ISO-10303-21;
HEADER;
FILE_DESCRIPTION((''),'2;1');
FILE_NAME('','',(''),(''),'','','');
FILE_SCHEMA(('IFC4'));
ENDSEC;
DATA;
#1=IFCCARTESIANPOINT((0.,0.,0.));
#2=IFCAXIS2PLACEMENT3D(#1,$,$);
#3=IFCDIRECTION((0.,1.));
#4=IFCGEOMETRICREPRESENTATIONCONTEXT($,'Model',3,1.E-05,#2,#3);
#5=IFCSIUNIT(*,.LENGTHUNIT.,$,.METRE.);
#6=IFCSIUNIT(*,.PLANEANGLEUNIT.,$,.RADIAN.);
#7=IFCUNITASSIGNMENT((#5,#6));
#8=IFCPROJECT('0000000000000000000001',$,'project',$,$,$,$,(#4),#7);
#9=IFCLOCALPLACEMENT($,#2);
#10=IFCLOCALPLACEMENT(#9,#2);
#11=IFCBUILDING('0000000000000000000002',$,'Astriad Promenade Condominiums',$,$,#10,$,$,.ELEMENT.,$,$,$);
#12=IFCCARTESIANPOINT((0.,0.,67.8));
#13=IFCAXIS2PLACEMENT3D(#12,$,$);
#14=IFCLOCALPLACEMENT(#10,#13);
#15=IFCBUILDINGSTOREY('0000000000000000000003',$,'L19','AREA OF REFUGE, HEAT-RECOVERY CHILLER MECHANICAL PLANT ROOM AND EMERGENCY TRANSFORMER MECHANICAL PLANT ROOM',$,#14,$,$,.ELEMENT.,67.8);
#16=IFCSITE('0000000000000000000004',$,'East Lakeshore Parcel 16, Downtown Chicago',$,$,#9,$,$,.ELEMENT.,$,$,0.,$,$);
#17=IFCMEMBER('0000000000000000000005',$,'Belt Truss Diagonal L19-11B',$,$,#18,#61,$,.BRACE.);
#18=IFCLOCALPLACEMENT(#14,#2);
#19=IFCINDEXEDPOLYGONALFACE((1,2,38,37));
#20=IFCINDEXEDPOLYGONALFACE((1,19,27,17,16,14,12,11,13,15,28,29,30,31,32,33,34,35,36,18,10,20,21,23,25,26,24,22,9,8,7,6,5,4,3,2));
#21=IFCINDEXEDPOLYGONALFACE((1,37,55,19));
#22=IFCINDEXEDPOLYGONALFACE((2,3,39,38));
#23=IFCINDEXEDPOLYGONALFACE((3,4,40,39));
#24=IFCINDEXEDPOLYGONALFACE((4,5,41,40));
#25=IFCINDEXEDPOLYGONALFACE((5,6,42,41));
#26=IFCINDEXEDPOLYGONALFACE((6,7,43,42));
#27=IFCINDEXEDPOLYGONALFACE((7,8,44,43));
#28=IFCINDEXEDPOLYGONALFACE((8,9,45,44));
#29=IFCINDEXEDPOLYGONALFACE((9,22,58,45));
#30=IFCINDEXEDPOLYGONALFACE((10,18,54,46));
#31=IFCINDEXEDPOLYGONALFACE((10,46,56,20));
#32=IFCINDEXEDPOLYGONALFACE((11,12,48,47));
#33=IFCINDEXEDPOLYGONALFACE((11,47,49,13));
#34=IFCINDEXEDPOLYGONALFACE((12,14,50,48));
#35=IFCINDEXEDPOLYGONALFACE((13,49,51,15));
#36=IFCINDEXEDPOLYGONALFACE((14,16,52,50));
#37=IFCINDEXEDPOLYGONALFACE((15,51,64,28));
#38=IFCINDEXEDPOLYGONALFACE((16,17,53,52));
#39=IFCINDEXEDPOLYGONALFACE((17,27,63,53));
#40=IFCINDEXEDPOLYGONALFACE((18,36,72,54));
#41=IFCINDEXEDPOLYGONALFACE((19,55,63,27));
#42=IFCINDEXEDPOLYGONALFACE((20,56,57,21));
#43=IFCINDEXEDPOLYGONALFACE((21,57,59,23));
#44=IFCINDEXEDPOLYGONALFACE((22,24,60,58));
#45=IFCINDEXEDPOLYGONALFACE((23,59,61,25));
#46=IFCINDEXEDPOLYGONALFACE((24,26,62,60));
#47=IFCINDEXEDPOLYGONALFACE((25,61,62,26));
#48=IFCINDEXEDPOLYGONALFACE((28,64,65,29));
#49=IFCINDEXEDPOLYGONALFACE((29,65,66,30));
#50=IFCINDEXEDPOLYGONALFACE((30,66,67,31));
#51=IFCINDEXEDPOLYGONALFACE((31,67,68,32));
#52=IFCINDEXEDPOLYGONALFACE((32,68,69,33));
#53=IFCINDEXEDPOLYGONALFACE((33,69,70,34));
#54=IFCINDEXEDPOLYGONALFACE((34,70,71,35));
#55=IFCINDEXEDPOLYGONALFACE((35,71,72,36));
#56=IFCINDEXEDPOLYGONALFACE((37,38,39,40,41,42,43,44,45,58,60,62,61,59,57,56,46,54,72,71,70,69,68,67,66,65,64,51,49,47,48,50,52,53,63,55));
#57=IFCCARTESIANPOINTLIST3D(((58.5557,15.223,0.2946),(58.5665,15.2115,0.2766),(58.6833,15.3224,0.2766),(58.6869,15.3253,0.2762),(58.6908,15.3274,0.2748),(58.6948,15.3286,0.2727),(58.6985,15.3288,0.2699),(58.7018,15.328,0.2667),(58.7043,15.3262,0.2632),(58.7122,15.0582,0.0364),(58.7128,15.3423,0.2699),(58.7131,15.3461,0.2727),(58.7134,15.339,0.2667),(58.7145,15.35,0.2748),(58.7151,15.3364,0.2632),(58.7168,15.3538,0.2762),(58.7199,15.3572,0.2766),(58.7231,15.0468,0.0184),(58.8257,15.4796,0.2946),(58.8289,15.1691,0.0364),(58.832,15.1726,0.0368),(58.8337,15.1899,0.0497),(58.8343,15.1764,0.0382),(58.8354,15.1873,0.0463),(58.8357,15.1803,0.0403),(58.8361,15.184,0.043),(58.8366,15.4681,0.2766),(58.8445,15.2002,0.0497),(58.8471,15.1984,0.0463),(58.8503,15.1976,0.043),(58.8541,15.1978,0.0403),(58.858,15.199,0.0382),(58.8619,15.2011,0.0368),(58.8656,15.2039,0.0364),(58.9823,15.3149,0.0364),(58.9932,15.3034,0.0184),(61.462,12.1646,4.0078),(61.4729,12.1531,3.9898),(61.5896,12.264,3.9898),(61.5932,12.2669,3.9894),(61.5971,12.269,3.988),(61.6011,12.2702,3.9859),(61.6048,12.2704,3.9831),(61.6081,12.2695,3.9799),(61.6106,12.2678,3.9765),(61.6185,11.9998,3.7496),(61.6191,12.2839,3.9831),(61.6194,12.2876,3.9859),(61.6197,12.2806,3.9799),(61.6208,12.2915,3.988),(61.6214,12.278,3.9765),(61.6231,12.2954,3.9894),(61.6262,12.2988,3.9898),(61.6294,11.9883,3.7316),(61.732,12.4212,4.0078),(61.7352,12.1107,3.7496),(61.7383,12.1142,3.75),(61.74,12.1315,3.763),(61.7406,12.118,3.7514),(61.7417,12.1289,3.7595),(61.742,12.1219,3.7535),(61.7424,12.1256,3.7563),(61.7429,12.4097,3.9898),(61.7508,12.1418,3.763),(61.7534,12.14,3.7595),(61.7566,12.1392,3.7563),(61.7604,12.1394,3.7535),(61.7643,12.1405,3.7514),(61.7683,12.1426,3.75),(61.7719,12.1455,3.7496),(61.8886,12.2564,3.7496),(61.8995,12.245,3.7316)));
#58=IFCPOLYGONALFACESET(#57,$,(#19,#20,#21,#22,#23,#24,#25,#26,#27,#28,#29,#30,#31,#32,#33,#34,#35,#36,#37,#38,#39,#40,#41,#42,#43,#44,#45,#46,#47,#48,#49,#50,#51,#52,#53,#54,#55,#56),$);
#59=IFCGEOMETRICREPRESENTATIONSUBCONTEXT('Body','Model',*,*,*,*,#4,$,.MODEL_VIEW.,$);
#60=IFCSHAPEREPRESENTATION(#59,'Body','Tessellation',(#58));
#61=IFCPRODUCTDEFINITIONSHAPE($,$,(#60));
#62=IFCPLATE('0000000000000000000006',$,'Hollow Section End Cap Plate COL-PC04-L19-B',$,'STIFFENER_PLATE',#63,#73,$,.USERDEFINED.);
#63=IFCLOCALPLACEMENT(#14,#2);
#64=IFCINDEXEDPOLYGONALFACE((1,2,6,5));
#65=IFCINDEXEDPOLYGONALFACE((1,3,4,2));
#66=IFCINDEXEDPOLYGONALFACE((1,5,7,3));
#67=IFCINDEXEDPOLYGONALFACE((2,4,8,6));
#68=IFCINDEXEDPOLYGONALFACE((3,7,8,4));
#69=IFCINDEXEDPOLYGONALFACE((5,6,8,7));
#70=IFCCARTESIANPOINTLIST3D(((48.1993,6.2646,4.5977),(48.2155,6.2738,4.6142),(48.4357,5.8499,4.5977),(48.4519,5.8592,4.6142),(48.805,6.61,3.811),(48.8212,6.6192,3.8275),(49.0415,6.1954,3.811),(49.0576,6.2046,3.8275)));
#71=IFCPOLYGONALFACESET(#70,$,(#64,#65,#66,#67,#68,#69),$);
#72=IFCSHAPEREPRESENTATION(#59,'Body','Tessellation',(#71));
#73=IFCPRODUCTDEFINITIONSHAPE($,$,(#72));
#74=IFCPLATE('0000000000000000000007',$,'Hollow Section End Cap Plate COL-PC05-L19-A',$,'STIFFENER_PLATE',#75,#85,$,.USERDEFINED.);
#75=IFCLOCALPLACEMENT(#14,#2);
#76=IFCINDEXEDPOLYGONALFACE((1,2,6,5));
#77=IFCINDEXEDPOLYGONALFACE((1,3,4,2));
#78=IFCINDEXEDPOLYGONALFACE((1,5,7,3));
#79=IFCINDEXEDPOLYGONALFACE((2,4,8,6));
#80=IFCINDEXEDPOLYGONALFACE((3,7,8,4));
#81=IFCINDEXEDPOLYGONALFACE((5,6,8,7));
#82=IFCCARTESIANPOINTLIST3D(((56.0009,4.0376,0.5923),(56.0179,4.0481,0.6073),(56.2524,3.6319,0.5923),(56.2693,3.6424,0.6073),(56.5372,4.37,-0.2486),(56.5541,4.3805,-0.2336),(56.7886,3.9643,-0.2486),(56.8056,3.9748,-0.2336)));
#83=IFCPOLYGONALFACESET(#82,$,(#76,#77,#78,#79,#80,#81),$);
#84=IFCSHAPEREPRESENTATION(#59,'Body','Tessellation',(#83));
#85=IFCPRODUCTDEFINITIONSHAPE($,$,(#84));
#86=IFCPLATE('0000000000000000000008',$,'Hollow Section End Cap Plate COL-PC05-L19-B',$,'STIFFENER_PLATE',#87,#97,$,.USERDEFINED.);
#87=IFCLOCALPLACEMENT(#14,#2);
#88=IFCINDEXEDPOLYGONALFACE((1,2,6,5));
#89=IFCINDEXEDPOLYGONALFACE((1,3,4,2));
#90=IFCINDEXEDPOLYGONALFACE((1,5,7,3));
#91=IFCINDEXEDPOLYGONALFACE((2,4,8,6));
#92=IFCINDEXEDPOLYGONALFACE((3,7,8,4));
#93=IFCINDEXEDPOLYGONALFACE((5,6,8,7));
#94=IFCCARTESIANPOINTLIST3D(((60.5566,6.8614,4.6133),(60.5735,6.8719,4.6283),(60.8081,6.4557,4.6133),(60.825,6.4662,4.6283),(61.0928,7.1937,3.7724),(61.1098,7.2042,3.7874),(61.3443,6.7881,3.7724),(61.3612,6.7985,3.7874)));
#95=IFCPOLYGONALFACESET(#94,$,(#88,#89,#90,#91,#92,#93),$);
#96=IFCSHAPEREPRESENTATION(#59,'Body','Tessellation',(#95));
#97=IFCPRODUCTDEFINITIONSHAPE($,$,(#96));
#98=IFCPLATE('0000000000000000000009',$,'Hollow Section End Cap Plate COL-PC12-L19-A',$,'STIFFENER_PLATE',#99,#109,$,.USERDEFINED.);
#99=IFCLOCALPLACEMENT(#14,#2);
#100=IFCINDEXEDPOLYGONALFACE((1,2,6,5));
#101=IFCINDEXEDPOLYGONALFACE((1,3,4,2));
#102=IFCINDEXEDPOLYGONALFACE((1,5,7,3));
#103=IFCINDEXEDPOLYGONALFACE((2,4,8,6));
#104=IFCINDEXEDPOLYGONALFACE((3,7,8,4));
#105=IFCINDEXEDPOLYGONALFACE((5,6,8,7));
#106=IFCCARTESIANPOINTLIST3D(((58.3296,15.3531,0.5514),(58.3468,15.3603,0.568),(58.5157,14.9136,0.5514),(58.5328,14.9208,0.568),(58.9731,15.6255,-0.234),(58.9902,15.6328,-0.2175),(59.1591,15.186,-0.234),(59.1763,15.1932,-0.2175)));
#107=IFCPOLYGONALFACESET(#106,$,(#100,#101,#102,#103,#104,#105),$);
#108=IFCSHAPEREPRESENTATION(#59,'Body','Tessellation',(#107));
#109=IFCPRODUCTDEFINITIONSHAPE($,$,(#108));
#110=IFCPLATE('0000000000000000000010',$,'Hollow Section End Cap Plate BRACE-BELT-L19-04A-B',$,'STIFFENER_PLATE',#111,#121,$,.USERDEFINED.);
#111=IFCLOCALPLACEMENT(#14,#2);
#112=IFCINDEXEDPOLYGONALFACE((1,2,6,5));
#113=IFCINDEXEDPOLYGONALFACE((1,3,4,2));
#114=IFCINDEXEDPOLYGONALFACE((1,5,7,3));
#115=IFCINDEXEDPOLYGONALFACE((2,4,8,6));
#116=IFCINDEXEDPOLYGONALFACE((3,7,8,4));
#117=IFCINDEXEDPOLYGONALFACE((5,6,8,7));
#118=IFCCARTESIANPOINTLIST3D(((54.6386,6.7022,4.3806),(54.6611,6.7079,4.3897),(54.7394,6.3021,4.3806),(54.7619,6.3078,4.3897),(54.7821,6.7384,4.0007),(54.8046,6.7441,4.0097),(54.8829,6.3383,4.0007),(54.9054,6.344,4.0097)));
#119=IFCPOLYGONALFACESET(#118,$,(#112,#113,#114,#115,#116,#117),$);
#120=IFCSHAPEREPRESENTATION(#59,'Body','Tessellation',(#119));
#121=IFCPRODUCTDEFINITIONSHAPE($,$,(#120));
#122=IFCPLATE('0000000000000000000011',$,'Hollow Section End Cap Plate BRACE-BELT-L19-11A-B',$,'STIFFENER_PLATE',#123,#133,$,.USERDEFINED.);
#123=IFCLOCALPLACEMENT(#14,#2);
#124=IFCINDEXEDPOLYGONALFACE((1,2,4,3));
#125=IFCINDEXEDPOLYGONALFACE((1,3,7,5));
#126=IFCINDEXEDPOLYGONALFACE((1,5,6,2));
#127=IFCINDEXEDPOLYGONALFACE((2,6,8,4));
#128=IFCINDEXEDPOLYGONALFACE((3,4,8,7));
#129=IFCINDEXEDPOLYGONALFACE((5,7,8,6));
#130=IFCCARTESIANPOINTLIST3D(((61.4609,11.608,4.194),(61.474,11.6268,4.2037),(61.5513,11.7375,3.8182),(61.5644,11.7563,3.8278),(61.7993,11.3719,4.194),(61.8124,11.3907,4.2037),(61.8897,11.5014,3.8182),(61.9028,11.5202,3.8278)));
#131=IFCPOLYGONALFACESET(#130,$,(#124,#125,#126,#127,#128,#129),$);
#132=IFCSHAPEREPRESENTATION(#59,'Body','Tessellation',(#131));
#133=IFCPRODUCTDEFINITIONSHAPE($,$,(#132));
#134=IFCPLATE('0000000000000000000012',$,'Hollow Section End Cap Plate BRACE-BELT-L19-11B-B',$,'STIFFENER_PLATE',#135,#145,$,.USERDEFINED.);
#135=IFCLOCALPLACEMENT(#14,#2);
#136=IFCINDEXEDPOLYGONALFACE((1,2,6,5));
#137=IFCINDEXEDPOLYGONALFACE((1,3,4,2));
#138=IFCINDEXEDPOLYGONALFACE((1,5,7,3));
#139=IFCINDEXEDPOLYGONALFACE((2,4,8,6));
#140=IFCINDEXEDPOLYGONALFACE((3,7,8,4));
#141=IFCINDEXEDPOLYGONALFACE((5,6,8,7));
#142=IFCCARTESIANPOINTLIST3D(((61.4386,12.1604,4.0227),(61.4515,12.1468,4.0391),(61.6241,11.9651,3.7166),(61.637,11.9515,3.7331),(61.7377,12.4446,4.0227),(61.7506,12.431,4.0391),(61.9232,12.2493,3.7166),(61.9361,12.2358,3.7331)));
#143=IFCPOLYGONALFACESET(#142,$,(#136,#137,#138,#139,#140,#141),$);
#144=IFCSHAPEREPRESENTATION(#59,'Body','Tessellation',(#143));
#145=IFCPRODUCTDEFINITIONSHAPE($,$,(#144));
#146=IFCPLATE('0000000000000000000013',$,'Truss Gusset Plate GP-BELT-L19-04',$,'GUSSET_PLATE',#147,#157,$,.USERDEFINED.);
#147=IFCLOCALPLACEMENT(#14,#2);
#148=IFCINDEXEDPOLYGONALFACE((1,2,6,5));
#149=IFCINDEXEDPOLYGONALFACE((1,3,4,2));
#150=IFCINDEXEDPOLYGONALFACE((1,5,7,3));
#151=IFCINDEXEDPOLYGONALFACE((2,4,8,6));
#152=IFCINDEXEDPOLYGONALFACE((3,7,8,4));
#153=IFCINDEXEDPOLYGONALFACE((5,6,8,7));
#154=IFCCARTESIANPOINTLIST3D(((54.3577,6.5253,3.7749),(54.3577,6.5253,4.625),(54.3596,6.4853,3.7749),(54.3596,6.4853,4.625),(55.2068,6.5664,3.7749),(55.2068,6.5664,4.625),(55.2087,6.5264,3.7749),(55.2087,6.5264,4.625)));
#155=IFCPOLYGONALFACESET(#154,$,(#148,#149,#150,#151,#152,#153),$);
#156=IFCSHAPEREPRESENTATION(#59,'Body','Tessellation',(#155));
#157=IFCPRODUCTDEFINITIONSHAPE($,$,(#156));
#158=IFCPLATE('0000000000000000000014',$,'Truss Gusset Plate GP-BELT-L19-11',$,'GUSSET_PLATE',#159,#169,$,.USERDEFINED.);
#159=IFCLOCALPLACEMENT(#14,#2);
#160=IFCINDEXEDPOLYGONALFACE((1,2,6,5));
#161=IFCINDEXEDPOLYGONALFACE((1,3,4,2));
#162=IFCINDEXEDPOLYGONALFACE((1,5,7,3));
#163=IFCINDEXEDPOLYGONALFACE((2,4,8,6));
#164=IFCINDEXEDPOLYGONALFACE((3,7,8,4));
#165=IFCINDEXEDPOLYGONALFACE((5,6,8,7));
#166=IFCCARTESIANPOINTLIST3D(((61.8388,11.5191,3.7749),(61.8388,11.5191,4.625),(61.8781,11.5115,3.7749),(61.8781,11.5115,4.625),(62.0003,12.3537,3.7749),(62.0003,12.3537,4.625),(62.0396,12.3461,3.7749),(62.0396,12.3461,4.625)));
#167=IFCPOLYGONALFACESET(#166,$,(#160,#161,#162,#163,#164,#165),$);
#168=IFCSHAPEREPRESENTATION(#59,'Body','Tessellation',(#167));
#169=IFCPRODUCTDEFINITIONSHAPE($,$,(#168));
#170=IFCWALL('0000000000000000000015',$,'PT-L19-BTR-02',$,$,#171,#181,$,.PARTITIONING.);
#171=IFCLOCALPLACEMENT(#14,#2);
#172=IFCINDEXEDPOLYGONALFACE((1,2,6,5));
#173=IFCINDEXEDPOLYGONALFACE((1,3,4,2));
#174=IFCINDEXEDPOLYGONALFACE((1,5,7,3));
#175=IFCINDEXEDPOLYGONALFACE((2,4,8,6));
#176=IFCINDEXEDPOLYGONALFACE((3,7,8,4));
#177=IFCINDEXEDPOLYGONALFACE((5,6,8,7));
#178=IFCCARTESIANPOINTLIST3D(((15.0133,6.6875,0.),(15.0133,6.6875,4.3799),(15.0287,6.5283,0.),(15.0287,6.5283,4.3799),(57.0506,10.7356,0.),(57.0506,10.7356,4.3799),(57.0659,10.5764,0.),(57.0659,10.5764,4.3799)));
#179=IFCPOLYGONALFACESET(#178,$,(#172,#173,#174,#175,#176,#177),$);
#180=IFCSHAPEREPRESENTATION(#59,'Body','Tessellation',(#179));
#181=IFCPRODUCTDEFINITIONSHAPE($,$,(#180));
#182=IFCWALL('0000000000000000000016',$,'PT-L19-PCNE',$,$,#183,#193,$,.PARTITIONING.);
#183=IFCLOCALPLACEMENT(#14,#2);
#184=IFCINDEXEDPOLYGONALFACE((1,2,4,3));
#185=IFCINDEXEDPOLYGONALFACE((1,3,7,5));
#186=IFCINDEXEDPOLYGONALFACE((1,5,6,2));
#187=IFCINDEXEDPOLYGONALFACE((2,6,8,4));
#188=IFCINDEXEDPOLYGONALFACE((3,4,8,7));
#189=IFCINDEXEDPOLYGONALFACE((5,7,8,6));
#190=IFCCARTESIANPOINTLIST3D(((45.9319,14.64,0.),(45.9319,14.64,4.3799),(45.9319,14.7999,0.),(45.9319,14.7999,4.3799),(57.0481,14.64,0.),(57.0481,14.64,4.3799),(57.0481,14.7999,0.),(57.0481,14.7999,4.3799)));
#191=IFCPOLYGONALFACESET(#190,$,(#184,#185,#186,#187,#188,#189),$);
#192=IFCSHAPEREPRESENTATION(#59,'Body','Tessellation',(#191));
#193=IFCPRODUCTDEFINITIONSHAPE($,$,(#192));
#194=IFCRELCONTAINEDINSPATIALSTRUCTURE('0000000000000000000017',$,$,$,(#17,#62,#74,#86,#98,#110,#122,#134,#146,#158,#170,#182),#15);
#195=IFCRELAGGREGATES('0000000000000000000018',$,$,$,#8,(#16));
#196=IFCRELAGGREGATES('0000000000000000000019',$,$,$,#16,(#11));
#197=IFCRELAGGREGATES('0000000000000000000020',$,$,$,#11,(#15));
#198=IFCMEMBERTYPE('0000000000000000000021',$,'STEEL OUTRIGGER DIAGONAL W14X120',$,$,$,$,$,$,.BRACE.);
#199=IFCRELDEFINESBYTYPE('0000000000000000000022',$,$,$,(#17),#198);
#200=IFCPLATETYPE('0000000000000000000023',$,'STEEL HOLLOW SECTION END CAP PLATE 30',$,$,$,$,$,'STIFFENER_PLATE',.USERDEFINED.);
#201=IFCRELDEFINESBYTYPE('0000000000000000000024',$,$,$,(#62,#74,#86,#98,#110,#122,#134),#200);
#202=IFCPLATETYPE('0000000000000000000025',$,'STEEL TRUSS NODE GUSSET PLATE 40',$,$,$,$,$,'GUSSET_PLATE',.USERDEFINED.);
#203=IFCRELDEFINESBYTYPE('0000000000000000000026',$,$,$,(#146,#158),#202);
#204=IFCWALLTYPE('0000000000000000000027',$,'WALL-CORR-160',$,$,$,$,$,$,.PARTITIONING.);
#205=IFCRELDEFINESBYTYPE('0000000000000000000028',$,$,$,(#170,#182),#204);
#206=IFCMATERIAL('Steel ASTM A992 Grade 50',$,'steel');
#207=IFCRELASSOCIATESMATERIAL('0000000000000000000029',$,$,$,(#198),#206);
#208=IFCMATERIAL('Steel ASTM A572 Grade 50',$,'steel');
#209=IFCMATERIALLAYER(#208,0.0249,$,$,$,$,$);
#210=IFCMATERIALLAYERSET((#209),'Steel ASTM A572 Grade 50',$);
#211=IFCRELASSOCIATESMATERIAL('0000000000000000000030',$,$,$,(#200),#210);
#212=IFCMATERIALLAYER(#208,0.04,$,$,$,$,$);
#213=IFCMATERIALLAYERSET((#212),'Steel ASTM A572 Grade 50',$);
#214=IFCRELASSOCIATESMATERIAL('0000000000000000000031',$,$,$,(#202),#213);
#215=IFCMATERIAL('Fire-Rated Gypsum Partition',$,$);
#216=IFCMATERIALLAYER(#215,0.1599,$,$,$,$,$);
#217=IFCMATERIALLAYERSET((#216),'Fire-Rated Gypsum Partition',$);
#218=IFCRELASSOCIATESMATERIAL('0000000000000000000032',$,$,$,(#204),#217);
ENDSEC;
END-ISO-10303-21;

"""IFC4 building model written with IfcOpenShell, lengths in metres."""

from ifc_helpers import new_model, si_unit, direction, frame, frame_2d, origin, origin_2d, place, context, subcontext, project, spatial, rectangle, i_section, extrude, source, transform, mapped, material, layer, layer_set, material_profile, profile_set, type_object, type_shapes, element, save


model = new_model("IFC4")

# Units and contexts
model_context = context("Model", 3, precision=1e-05, world=origin(), true_north=direction((0.0, 1.0)))
body_context = subcontext(model_context, "Body", "Model", "MODEL_VIEW")
ifc_project = project(units=[si_unit("LENGTHUNIT", "METRE"), si_unit("PLANEANGLEUNIT", "RADIAN")], contexts=[model_context])

# Site, building, storey
site_placement = place(None, origin())
site = spatial("IfcSite", under=ifc_project, at=site_placement, Name="East Lakeshore Parcel 16, Downtown Chicago", CompositionType="ELEMENT", RefElevation=0.0)
building_placement = place(site_placement, origin())
building = spatial("IfcBuilding", under=site, at=building_placement, Name="Astriad Promenade Condominiums", CompositionType="ELEMENT")
storey_placement = place(building_placement, frame((0.0, 0.0, 67.8)))
storey = spatial("IfcBuildingStorey", under=building, at=storey_placement, Name="L19", Description="AREA OF REFUGE, HEAT-RECOVERY CHILLER MECHANICAL PLANT ROOM AND EMERGENCY TRANSFORMER MECHANICAL PLANT ROOM", CompositionType="ELEMENT", Elevation=67.8)

# Shared definitions
ifc_material_1 = material(Name="Steel ASTM A992 Grade 50", Category="steel")

# Member
ifc_material_profile_1 = material_profile(ifc_material_1, i_section(OverallWidth=0.3726, OverallDepth=0.3679, WebThickness=0.0149, FlangeThickness=0.0239, FilletRadius=0.0178, at=origin_2d()), Name="W14X120")
ifc_profile_set_1 = profile_set([ifc_material_profile_1], Name="Steel ASTM A992 Grade 50")
member_type_1 = type_object("IfcMemberType", Name="STEEL OUTRIGGER DIAGONAL W14X120", PredefinedType="BRACE", material=ifc_profile_set_1)
shared_shape_1 = source(origin(), body_context, "Body", "SweptSolid", [
    extrude(i_section(OverallWidth=0.3726, OverallDepth=0.3679, WebThickness=0.0149, FlangeThickness=0.0239, FilletRadius=0.0178, at=origin_2d()), origin(), (0.0, 0.0, 1.0), 5.6204),
])
member_1_placement = place(storey_placement, frame((58.7744, 15.2632, 0.1565), z_axis=(0.517104, -0.544167, 0.660671), x_axis=(0.724903, 0.688851, 0.0)))
element("IfcMember", 1, at=member_1_placement, inside=storey, type_object=member_type_1, Name="Belt Truss Diagonal L19-11B", PredefinedType="BRACE", context=body_context, shape_type="MappedRepresentation", body=[
    mapped(shared_shape_1, transform((0.0, 0.0, 0.0), scale=1.0)),
])

# Plates
ifc_material_2 = material(Name="Steel ASTM A572 Grade 50", Category="steel")
ifc_layer_1 = layer(ifc_material_2, 0.0249)
ifc_layer_set_1 = layer_set([ifc_layer_1], Name="Steel ASTM A572 Grade 50")
plate_type_1 = type_object("IfcPlateType", Name="STEEL HOLLOW SECTION END CAP PLATE 30", ElementType="STIFFENER_PLATE", PredefinedType="USERDEFINED", material=ifc_layer_set_1)
shared_shape_2 = source(origin(), body_context, "Body", "SweptSolid", [
    extrude(rectangle(XDim=0.4773, YDim=1.0513, at=origin_2d()), origin(), (0.0, 0.0, 1.0), 0.0249),
])
for number, where, z_axis, x_axis, name in (
    (2, (48.6204, 6.23, 4.2043), (0.65006, 0.370726, 0.663313), (-0.495397, 0.868667, 0.0), "Hollow Section End Cap Plate COL-PC04-L19-B"),
    (3, (56.3948, 4.001, 0.1719), (0.679899, 0.421424, 0.600117), (-0.526837, 0.849966, 0.0), "Hollow Section End Cap Plate COL-PC05-L19-A"),
    (4, (60.9504, 6.8247, 4.1929), (0.679899, 0.421424, 0.600117), (-0.526837, 0.849966, 0.0), "Hollow Section End Cap Plate COL-PC05-L19-B"),
    (5, (58.7444, 15.2695, 0.1587), (0.688036, 0.291298, 0.664645), (-0.389873, 0.920868, 0.0), "Hollow Section End Cap Plate COL-PC12-L19-A"),
):
    element("IfcPlate", number, at=place(storey_placement, frame(where, z_axis=z_axis, x_axis=x_axis)), inside=storey, type_object=plate_type_1, Name=name, ObjectType="STIFFENER_PLATE", PredefinedType="USERDEFINED", context=body_context, shape_type="MappedRepresentation", body=[
        mapped(shared_shape_2, transform((0.0, 0.0, 0.0), scale=1.0)),
    ])
shared_shape_3 = source(origin(), body_context, "Body", "SweptSolid", [
    extrude(rectangle(XDim=0.4126, YDim=0.4077, at=origin_2d()), origin(), (0.0, 0.0, 1.0), 0.0249),
])
type_shapes(plate_type_1, [shared_shape_2, shared_shape_3])
for number, where, z_axis, x_axis, name in (
    (6, (54.7607, 6.5203, 4.1907), (0.903612, 0.227689, 0.362827), (-0.244339, 0.96969, 0.0), "Hollow Section End Cap Plate BRACE-BELT-L19-04A-B"),
    (7, (61.6753, 11.5547, 4.0061), (0.52753, 0.756019, 0.387489), (-0.820089, 0.572236, 0.0), "Hollow Section End Cap Plate BRACE-BELT-L19-11A-B"),
    (8, (61.6809, 12.2048, 3.8696), (0.517086, -0.544184, 0.660671), (0.724925, 0.688827, 0.0), "Hollow Section End Cap Plate BRACE-BELT-L19-11B-B"),
):
    element("IfcPlate", number, at=place(storey_placement, frame(where, z_axis=z_axis, x_axis=x_axis)), inside=storey, type_object=plate_type_1, Name=name, ObjectType="STIFFENER_PLATE", PredefinedType="USERDEFINED", context=body_context, shape_type="MappedRepresentation", body=[
        mapped(shared_shape_3, transform((0.0, 0.0, 0.0), scale=1.0)),
    ])
ifc_layer_2 = layer(ifc_material_2, 0.04)
ifc_layer_set_2 = layer_set([ifc_layer_2], Name="Steel ASTM A572 Grade 50")
plate_type_2 = type_object("IfcPlateType", Name="STEEL TRUSS NODE GUSSET PLATE 40", ElementType="GUSSET_PLATE", PredefinedType="USERDEFINED", material=ifc_layer_set_2)
shared_shape_4 = source(origin(), body_context, "Body", "SweptSolid", [
    extrude(rectangle(XDim=0.8501, YDim=0.04, at=origin_2d()), origin(), (0.0, 0.0, 1.0), 0.8501),
])
type_shapes(plate_type_2, [shared_shape_4])
for number, where, z_axis, x_axis, name in (
    (9, (54.7832, 6.5259, 3.7749), (0.0, 0.0, 1.0), (0.998832, 0.048327, 0.0), "Truss Gusset Plate GP-BELT-L19-04"),
    (10, (61.9392, 11.9326, 3.7749), (0.0, 0.0, 1.0), (0.189952, 0.981793, 0.0), "Truss Gusset Plate GP-BELT-L19-11"),
):
    element("IfcPlate", number, at=place(storey_placement, frame(where, z_axis=z_axis, x_axis=x_axis)), inside=storey, type_object=plate_type_2, Name=name, ObjectType="GUSSET_PLATE", PredefinedType="USERDEFINED", context=body_context, shape_type="MappedRepresentation", body=[
        mapped(shared_shape_4, transform((0.0, 0.0, 0.0), scale=1.0)),
    ])

# Walls
ifc_material_3 = material(Name="Fire-Rated Gypsum Partition")
ifc_layer_3 = layer(ifc_material_3, 0.1599)
ifc_layer_set_3 = layer_set([ifc_layer_3], Name="Fire-Rated Gypsum Partition")
wall_type_1 = type_object("IfcWallType", Name="WALL-CORR-160", PredefinedType="PARTITIONING", material=ifc_layer_set_3)
wall_1_placement = place(storey_placement, frame((57.0581, 10.656, 0.0), z_axis=(0.0, 0.0, 1.0), x_axis=(-0.995395, -0.095855, 0.0)))
element("IfcWall", 11, at=wall_1_placement, inside=storey, type_object=wall_type_1, Name="PT-L19-BTR-02", PredefinedType="PARTITIONING", context=body_context, shape_type="SweptSolid", body=[
    extrude(rectangle(XDim=42.2317, YDim=0.1599, at=frame_2d((21.1157, 0.0))), origin(), (0.0, 0.0, 1.0), 4.3799),
])
wall_2_placement = place(storey_placement, frame((45.9319, 14.72, 0.0), z_axis=(0.0, 0.0, 1.0), x_axis=(1.0, 0.0, 0.0)))
element("IfcWall", 12, at=wall_2_placement, inside=storey, type_object=wall_type_1, Name="PT-L19-PCNE", PredefinedType="PARTITIONING", context=body_context, shape_type="SweptSolid", body=[
    extrude(rectangle(XDim=11.1162, YDim=0.1599, at=frame_2d((5.5581, 0.0))), origin(), (0.0, 0.0, 1.0), 4.3799),
])

save(model, "model.ifc")
